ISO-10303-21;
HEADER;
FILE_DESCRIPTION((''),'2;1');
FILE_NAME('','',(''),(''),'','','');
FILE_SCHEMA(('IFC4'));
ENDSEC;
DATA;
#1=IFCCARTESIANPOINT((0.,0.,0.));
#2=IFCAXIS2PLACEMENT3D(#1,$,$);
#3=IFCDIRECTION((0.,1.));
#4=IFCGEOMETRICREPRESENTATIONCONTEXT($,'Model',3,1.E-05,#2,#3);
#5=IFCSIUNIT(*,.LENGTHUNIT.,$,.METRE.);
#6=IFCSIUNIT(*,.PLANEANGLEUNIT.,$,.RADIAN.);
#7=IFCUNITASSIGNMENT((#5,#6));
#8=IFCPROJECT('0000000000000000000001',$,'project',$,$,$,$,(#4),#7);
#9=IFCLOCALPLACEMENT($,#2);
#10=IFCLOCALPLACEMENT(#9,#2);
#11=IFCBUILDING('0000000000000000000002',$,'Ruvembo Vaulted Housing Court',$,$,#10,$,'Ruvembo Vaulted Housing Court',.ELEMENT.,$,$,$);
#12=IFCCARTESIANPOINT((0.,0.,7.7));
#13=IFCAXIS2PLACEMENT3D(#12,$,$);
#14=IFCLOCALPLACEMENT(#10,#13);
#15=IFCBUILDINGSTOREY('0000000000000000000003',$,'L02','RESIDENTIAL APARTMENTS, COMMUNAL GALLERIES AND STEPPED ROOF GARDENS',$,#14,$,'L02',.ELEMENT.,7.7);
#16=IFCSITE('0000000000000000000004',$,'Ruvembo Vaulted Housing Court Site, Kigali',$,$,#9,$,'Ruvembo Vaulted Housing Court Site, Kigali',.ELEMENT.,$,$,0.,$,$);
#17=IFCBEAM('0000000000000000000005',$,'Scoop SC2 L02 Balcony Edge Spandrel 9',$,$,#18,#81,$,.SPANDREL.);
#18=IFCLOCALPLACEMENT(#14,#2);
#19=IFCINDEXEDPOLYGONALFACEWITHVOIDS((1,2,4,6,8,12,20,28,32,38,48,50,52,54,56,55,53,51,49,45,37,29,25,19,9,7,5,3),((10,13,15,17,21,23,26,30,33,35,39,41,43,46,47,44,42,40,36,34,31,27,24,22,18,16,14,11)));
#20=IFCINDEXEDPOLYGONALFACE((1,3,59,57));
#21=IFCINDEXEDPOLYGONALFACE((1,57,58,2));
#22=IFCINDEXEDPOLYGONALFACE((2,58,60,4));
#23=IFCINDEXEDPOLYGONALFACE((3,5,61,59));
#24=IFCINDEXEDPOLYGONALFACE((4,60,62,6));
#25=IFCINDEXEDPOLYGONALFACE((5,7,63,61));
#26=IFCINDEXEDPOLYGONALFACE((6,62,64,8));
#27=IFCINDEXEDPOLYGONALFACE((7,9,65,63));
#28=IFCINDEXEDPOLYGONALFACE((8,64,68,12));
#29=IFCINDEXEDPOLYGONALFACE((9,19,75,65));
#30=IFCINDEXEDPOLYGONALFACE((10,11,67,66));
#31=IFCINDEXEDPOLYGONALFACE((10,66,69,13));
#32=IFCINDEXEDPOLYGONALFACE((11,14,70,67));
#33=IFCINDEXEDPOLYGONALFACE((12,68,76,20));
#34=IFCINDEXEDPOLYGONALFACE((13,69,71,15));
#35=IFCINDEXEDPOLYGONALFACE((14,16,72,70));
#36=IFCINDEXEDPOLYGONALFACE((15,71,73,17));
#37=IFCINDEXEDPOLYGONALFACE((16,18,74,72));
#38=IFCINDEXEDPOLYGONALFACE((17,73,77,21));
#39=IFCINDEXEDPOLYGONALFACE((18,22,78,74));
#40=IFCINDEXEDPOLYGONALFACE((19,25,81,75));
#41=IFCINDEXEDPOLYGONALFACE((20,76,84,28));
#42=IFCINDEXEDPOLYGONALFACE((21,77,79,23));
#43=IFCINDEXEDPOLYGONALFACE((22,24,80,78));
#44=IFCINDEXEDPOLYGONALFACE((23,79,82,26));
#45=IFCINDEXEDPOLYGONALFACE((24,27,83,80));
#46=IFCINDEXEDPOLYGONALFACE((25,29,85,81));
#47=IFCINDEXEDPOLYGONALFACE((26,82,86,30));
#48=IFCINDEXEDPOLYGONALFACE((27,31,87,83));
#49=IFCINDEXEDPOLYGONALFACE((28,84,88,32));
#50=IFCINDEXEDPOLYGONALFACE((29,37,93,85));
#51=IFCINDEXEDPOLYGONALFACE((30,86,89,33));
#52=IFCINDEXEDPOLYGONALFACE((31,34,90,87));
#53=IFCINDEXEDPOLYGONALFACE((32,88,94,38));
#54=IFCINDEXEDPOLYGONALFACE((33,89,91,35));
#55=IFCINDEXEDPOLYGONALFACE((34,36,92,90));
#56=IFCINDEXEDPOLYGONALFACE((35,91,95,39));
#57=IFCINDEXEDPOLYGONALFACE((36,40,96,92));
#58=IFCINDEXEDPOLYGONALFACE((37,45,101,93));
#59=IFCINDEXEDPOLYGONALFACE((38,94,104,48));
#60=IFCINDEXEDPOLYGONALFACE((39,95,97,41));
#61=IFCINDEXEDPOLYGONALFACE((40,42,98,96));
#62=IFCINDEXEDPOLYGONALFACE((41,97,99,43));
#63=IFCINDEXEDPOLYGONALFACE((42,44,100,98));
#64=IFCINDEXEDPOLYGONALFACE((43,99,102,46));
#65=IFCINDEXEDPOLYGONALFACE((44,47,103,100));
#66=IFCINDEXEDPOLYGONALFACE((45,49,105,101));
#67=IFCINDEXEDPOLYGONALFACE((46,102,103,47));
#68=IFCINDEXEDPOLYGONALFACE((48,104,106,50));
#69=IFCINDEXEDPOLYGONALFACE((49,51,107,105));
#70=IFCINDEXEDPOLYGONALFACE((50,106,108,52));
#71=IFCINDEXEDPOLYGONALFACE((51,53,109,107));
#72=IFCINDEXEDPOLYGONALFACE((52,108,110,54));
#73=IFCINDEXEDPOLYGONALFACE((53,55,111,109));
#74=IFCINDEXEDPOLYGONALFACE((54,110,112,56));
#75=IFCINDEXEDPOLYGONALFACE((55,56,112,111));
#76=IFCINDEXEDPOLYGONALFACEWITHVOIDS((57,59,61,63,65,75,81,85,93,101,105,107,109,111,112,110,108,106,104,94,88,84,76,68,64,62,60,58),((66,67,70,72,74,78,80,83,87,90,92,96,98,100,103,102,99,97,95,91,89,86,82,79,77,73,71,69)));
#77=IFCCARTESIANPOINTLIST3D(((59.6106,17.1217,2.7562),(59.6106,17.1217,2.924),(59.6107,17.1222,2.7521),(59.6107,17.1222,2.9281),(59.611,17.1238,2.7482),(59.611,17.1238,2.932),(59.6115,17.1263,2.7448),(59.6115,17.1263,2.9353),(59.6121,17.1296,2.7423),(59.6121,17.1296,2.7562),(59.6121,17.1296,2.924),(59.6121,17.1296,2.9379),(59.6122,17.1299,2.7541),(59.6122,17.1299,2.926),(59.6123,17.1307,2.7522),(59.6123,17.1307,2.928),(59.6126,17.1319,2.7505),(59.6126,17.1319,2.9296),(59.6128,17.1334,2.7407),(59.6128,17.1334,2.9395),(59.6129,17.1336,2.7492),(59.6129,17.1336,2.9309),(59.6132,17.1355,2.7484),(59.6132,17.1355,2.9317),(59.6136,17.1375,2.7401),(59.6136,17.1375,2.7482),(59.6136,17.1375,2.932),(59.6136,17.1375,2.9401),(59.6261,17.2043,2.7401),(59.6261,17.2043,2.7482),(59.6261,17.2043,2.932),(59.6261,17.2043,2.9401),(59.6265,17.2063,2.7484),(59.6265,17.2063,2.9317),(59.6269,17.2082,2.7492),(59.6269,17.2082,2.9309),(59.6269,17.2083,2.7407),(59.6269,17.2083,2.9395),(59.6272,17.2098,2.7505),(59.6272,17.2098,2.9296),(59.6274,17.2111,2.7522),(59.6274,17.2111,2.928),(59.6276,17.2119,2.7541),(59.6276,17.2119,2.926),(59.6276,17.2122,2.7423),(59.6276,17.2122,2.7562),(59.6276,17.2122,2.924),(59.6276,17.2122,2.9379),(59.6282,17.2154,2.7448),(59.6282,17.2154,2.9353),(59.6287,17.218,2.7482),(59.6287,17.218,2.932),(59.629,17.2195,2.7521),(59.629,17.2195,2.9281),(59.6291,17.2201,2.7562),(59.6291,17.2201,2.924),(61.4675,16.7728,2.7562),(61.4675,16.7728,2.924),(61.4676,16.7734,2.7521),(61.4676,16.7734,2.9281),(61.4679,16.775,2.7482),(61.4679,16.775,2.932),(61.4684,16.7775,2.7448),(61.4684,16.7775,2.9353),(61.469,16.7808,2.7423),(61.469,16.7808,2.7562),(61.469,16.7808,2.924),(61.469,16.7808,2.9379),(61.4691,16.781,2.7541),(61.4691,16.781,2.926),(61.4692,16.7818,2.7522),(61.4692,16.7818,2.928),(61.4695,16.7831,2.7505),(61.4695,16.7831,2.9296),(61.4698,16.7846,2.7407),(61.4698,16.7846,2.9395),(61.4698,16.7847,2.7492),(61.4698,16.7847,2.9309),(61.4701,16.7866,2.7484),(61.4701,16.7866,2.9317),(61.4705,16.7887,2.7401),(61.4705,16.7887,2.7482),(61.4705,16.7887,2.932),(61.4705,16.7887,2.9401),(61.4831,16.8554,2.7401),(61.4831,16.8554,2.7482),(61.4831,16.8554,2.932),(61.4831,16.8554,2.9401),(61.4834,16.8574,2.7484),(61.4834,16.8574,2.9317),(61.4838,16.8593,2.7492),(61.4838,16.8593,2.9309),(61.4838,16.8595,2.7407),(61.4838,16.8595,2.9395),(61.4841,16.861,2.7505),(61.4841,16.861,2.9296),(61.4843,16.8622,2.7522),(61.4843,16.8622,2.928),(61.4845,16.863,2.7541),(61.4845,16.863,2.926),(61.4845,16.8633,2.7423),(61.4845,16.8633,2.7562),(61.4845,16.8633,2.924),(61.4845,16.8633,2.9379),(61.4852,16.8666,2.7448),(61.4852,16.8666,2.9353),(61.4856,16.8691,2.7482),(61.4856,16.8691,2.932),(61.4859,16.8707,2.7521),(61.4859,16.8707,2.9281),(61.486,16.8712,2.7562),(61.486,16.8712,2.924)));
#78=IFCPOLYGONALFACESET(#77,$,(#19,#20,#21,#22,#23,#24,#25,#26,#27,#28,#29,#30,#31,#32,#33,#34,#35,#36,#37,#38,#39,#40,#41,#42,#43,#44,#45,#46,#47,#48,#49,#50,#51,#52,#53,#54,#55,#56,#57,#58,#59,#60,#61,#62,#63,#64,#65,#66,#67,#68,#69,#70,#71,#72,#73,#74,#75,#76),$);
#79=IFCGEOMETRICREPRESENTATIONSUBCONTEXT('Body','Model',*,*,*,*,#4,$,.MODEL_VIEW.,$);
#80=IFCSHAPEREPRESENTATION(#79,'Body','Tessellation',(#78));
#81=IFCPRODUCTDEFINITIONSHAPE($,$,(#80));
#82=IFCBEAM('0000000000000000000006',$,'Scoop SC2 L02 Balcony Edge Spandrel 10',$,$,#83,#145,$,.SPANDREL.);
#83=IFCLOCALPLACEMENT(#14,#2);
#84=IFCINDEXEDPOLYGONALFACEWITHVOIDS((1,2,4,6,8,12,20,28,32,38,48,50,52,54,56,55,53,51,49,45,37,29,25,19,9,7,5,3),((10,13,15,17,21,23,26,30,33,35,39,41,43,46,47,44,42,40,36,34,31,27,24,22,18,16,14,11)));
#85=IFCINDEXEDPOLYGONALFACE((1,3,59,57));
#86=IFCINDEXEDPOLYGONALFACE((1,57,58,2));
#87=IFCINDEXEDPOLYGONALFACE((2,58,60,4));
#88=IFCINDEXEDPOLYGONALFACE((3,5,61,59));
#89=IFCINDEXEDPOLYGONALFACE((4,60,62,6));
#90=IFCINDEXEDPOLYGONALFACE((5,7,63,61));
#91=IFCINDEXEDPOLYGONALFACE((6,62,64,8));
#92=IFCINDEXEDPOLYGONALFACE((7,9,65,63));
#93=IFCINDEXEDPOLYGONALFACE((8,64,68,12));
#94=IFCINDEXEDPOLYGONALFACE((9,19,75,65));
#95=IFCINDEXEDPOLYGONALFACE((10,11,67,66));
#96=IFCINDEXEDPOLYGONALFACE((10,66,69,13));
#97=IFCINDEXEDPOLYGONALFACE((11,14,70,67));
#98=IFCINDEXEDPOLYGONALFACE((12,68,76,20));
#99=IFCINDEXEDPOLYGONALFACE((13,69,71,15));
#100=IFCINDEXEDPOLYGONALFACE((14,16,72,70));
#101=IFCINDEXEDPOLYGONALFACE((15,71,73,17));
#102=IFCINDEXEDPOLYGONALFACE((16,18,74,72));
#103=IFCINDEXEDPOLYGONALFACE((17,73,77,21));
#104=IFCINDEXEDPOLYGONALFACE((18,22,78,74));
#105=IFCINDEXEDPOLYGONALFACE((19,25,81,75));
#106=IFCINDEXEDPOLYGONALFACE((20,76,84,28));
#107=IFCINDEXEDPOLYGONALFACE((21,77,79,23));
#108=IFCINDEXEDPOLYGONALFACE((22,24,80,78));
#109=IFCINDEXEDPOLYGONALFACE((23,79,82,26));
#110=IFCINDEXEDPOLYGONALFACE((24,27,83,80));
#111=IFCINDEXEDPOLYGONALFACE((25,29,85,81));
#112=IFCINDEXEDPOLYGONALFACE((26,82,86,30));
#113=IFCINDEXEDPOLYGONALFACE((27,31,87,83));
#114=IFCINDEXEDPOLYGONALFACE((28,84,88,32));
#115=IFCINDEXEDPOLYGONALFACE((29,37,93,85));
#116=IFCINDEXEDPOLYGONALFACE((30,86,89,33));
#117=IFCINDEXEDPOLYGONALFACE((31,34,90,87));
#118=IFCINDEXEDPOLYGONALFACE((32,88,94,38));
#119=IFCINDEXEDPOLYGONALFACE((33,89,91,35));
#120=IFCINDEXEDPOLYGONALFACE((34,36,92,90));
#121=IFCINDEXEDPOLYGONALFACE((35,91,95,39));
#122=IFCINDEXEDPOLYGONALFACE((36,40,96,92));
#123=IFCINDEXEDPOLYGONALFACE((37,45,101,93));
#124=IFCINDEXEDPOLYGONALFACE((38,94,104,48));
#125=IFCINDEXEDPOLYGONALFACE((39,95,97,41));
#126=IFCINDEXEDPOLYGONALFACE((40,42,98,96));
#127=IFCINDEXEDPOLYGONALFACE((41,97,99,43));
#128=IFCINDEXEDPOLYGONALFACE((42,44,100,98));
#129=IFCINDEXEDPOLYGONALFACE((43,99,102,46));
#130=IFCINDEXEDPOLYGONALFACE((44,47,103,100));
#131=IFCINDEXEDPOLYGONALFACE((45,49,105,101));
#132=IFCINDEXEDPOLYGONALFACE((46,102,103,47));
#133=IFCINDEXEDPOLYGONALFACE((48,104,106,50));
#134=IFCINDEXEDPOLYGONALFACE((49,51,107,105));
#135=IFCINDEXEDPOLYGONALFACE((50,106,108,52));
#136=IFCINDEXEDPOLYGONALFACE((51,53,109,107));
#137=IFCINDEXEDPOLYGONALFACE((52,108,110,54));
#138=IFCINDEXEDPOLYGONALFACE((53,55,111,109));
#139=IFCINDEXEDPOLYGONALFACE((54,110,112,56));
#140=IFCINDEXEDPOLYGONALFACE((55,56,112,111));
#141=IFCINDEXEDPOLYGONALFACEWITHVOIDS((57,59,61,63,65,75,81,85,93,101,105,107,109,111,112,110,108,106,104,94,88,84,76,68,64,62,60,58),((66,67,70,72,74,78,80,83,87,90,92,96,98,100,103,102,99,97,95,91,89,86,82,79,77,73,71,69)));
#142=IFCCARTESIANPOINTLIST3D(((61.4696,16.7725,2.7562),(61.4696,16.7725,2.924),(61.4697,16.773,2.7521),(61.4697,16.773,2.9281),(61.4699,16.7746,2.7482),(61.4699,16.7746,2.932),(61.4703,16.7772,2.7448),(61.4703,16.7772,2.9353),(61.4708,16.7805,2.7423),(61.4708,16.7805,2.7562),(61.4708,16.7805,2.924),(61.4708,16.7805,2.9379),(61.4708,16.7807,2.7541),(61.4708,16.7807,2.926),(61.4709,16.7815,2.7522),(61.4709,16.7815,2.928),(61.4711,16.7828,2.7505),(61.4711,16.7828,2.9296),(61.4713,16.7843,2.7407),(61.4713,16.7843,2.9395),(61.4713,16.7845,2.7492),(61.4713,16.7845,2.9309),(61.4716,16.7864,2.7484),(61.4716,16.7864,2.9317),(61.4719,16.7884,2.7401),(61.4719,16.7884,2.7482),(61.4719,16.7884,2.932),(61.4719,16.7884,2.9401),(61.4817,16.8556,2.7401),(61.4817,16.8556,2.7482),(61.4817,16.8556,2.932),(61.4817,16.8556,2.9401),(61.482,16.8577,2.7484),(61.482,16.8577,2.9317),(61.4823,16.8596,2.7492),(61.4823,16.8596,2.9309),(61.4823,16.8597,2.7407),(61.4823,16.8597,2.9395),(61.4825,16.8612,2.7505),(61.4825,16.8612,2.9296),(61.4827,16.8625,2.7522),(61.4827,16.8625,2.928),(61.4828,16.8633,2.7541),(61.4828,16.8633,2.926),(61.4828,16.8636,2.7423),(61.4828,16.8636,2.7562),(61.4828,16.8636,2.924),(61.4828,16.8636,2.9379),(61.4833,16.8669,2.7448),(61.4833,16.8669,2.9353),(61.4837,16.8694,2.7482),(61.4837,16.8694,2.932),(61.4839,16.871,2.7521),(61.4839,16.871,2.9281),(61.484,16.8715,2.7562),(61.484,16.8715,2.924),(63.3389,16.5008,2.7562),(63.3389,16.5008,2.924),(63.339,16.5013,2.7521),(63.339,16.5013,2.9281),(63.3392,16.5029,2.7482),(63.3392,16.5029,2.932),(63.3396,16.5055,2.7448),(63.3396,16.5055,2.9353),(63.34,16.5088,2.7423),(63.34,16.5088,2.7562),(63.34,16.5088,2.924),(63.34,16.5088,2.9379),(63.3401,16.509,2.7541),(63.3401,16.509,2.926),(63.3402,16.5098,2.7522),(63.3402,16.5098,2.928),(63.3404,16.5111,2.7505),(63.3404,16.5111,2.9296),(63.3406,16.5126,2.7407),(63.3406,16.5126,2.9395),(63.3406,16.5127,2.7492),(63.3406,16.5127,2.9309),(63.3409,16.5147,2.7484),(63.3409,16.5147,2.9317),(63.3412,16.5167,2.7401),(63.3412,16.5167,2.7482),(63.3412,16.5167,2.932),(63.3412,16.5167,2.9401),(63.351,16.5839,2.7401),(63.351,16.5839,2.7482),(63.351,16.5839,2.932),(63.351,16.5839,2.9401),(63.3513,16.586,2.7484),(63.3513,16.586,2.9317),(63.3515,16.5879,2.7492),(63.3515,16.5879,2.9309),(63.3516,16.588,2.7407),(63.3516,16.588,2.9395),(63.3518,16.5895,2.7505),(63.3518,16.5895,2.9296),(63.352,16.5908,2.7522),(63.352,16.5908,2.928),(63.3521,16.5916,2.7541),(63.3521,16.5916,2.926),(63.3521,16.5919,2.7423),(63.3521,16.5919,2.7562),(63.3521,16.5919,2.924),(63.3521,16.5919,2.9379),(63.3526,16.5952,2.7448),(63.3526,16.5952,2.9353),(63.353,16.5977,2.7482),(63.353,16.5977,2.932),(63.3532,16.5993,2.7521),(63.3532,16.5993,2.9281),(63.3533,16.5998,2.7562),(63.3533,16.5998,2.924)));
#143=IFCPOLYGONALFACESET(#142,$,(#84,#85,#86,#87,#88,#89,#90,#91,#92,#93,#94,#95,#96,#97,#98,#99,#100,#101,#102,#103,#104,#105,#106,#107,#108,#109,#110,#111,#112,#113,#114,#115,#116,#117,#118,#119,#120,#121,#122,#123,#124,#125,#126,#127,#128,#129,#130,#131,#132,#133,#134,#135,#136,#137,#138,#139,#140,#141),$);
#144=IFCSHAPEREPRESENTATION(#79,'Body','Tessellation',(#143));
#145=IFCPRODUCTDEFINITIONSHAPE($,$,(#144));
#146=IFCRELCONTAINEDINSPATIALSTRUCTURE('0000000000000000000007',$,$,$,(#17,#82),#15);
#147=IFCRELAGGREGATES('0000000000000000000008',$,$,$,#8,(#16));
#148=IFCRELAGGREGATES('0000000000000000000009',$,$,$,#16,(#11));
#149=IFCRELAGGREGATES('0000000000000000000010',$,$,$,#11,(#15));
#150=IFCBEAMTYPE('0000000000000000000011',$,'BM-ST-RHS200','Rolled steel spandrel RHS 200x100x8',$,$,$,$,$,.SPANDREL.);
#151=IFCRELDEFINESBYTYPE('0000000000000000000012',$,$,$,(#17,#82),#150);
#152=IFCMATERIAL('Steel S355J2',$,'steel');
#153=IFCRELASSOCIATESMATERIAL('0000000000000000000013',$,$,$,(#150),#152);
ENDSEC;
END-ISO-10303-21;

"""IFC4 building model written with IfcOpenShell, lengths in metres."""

from ifc_helpers import new_model, si_unit, direction, frame, origin, origin_2d, place, context, subcontext, project, spatial, hollow_rectangle, extrude, material, material_profile, profile_set, type_object, element, save


model = new_model("IFC4")

# Units and contexts
model_context = context("Model", 3, precision=1e-05, world=origin(), true_north=direction((0.0, 1.0)))
body_context = subcontext(model_context, "Body", "Model", "MODEL_VIEW")
ifc_project = project(units=[si_unit("LENGTHUNIT", "METRE"), si_unit("PLANEANGLEUNIT", "RADIAN")], contexts=[model_context])

# Site, building, storey
site_placement = place(None, origin())
site = spatial("IfcSite", under=ifc_project, at=site_placement, Name="Ruvembo Vaulted Housing Court Site, Kigali", LongName="Ruvembo Vaulted Housing Court Site, Kigali", CompositionType="ELEMENT", RefElevation=0.0)
building_placement = place(site_placement, origin())
building = spatial("IfcBuilding", under=site, at=building_placement, Name="Ruvembo Vaulted Housing Court", LongName="Ruvembo Vaulted Housing Court", CompositionType="ELEMENT")
storey_placement = place(building_placement, frame((0.0, 0.0, 7.7)))
storey = spatial("IfcBuildingStorey", under=building, at=storey_placement, Name="L02", Description="RESIDENTIAL APARTMENTS, COMMUNAL GALLERIES AND STEPPED ROOF GARDENS", LongName="L02", CompositionType="ELEMENT", Elevation=7.7)

# Beams
ifc_material_1 = material(Name="Steel S355J2", Category="steel")
ifc_material_profile_1 = material_profile(ifc_material_1, hollow_rectangle(XDim=0.1001, YDim=0.2, WallThickness=0.0081, InnerFilletRadius=0.0081, OuterFilletRadius=0.0161, at=origin_2d()), Name="RHS 200x100x8")
ifc_profile_set_1 = profile_set([ifc_material_profile_1], Name="Steel S355J2")
beam_type = type_object("IfcBeamType", Name="BM-ST-RHS200", Description="Rolled steel spandrel RHS 200x100x8", PredefinedType="SPANDREL", material=ifc_profile_set_1)
beam_1_placement = place(storey_placement, frame((59.6199, 17.1709, 2.8401), z_axis=(0.982805, -0.184647, 0.0), x_axis=(0.184647, 0.982805, 0.0)))
element("IfcBeam", 1, at=beam_1_placement, inside=storey, type_object=beam_type, Name="Scoop SC2 L02 Balcony Edge Spandrel 9", PredefinedType="SPANDREL", context=body_context, shape_type="SweptSolid", body=[
    extrude(hollow_rectangle(XDim=0.1001, YDim=0.2, WallThickness=0.0081, InnerFilletRadius=0.0081, OuterFilletRadius=0.0161, at=origin_2d()), origin(), (0.0, 0.0, 1.0), 1.8894),
])
beam_2_placement = place(storey_placement, frame((61.4768, 16.822, 2.8401), z_axis=(0.9896, -0.143845, 0.0), x_axis=(0.143845, 0.9896, 0.0)))
element("IfcBeam", 2, at=beam_2_placement, inside=storey, type_object=beam_type, Name="Scoop SC2 L02 Balcony Edge Spandrel 10", PredefinedType="SPANDREL", context=body_context, shape_type="SweptSolid", body=[
    extrude(hollow_rectangle(XDim=0.1001, YDim=0.2, WallThickness=0.0081, InnerFilletRadius=0.0081, OuterFilletRadius=0.0161, at=origin_2d()), origin(), (0.0, 0.0, 1.0), 1.8889),
])

save(model, "model.ifc")
